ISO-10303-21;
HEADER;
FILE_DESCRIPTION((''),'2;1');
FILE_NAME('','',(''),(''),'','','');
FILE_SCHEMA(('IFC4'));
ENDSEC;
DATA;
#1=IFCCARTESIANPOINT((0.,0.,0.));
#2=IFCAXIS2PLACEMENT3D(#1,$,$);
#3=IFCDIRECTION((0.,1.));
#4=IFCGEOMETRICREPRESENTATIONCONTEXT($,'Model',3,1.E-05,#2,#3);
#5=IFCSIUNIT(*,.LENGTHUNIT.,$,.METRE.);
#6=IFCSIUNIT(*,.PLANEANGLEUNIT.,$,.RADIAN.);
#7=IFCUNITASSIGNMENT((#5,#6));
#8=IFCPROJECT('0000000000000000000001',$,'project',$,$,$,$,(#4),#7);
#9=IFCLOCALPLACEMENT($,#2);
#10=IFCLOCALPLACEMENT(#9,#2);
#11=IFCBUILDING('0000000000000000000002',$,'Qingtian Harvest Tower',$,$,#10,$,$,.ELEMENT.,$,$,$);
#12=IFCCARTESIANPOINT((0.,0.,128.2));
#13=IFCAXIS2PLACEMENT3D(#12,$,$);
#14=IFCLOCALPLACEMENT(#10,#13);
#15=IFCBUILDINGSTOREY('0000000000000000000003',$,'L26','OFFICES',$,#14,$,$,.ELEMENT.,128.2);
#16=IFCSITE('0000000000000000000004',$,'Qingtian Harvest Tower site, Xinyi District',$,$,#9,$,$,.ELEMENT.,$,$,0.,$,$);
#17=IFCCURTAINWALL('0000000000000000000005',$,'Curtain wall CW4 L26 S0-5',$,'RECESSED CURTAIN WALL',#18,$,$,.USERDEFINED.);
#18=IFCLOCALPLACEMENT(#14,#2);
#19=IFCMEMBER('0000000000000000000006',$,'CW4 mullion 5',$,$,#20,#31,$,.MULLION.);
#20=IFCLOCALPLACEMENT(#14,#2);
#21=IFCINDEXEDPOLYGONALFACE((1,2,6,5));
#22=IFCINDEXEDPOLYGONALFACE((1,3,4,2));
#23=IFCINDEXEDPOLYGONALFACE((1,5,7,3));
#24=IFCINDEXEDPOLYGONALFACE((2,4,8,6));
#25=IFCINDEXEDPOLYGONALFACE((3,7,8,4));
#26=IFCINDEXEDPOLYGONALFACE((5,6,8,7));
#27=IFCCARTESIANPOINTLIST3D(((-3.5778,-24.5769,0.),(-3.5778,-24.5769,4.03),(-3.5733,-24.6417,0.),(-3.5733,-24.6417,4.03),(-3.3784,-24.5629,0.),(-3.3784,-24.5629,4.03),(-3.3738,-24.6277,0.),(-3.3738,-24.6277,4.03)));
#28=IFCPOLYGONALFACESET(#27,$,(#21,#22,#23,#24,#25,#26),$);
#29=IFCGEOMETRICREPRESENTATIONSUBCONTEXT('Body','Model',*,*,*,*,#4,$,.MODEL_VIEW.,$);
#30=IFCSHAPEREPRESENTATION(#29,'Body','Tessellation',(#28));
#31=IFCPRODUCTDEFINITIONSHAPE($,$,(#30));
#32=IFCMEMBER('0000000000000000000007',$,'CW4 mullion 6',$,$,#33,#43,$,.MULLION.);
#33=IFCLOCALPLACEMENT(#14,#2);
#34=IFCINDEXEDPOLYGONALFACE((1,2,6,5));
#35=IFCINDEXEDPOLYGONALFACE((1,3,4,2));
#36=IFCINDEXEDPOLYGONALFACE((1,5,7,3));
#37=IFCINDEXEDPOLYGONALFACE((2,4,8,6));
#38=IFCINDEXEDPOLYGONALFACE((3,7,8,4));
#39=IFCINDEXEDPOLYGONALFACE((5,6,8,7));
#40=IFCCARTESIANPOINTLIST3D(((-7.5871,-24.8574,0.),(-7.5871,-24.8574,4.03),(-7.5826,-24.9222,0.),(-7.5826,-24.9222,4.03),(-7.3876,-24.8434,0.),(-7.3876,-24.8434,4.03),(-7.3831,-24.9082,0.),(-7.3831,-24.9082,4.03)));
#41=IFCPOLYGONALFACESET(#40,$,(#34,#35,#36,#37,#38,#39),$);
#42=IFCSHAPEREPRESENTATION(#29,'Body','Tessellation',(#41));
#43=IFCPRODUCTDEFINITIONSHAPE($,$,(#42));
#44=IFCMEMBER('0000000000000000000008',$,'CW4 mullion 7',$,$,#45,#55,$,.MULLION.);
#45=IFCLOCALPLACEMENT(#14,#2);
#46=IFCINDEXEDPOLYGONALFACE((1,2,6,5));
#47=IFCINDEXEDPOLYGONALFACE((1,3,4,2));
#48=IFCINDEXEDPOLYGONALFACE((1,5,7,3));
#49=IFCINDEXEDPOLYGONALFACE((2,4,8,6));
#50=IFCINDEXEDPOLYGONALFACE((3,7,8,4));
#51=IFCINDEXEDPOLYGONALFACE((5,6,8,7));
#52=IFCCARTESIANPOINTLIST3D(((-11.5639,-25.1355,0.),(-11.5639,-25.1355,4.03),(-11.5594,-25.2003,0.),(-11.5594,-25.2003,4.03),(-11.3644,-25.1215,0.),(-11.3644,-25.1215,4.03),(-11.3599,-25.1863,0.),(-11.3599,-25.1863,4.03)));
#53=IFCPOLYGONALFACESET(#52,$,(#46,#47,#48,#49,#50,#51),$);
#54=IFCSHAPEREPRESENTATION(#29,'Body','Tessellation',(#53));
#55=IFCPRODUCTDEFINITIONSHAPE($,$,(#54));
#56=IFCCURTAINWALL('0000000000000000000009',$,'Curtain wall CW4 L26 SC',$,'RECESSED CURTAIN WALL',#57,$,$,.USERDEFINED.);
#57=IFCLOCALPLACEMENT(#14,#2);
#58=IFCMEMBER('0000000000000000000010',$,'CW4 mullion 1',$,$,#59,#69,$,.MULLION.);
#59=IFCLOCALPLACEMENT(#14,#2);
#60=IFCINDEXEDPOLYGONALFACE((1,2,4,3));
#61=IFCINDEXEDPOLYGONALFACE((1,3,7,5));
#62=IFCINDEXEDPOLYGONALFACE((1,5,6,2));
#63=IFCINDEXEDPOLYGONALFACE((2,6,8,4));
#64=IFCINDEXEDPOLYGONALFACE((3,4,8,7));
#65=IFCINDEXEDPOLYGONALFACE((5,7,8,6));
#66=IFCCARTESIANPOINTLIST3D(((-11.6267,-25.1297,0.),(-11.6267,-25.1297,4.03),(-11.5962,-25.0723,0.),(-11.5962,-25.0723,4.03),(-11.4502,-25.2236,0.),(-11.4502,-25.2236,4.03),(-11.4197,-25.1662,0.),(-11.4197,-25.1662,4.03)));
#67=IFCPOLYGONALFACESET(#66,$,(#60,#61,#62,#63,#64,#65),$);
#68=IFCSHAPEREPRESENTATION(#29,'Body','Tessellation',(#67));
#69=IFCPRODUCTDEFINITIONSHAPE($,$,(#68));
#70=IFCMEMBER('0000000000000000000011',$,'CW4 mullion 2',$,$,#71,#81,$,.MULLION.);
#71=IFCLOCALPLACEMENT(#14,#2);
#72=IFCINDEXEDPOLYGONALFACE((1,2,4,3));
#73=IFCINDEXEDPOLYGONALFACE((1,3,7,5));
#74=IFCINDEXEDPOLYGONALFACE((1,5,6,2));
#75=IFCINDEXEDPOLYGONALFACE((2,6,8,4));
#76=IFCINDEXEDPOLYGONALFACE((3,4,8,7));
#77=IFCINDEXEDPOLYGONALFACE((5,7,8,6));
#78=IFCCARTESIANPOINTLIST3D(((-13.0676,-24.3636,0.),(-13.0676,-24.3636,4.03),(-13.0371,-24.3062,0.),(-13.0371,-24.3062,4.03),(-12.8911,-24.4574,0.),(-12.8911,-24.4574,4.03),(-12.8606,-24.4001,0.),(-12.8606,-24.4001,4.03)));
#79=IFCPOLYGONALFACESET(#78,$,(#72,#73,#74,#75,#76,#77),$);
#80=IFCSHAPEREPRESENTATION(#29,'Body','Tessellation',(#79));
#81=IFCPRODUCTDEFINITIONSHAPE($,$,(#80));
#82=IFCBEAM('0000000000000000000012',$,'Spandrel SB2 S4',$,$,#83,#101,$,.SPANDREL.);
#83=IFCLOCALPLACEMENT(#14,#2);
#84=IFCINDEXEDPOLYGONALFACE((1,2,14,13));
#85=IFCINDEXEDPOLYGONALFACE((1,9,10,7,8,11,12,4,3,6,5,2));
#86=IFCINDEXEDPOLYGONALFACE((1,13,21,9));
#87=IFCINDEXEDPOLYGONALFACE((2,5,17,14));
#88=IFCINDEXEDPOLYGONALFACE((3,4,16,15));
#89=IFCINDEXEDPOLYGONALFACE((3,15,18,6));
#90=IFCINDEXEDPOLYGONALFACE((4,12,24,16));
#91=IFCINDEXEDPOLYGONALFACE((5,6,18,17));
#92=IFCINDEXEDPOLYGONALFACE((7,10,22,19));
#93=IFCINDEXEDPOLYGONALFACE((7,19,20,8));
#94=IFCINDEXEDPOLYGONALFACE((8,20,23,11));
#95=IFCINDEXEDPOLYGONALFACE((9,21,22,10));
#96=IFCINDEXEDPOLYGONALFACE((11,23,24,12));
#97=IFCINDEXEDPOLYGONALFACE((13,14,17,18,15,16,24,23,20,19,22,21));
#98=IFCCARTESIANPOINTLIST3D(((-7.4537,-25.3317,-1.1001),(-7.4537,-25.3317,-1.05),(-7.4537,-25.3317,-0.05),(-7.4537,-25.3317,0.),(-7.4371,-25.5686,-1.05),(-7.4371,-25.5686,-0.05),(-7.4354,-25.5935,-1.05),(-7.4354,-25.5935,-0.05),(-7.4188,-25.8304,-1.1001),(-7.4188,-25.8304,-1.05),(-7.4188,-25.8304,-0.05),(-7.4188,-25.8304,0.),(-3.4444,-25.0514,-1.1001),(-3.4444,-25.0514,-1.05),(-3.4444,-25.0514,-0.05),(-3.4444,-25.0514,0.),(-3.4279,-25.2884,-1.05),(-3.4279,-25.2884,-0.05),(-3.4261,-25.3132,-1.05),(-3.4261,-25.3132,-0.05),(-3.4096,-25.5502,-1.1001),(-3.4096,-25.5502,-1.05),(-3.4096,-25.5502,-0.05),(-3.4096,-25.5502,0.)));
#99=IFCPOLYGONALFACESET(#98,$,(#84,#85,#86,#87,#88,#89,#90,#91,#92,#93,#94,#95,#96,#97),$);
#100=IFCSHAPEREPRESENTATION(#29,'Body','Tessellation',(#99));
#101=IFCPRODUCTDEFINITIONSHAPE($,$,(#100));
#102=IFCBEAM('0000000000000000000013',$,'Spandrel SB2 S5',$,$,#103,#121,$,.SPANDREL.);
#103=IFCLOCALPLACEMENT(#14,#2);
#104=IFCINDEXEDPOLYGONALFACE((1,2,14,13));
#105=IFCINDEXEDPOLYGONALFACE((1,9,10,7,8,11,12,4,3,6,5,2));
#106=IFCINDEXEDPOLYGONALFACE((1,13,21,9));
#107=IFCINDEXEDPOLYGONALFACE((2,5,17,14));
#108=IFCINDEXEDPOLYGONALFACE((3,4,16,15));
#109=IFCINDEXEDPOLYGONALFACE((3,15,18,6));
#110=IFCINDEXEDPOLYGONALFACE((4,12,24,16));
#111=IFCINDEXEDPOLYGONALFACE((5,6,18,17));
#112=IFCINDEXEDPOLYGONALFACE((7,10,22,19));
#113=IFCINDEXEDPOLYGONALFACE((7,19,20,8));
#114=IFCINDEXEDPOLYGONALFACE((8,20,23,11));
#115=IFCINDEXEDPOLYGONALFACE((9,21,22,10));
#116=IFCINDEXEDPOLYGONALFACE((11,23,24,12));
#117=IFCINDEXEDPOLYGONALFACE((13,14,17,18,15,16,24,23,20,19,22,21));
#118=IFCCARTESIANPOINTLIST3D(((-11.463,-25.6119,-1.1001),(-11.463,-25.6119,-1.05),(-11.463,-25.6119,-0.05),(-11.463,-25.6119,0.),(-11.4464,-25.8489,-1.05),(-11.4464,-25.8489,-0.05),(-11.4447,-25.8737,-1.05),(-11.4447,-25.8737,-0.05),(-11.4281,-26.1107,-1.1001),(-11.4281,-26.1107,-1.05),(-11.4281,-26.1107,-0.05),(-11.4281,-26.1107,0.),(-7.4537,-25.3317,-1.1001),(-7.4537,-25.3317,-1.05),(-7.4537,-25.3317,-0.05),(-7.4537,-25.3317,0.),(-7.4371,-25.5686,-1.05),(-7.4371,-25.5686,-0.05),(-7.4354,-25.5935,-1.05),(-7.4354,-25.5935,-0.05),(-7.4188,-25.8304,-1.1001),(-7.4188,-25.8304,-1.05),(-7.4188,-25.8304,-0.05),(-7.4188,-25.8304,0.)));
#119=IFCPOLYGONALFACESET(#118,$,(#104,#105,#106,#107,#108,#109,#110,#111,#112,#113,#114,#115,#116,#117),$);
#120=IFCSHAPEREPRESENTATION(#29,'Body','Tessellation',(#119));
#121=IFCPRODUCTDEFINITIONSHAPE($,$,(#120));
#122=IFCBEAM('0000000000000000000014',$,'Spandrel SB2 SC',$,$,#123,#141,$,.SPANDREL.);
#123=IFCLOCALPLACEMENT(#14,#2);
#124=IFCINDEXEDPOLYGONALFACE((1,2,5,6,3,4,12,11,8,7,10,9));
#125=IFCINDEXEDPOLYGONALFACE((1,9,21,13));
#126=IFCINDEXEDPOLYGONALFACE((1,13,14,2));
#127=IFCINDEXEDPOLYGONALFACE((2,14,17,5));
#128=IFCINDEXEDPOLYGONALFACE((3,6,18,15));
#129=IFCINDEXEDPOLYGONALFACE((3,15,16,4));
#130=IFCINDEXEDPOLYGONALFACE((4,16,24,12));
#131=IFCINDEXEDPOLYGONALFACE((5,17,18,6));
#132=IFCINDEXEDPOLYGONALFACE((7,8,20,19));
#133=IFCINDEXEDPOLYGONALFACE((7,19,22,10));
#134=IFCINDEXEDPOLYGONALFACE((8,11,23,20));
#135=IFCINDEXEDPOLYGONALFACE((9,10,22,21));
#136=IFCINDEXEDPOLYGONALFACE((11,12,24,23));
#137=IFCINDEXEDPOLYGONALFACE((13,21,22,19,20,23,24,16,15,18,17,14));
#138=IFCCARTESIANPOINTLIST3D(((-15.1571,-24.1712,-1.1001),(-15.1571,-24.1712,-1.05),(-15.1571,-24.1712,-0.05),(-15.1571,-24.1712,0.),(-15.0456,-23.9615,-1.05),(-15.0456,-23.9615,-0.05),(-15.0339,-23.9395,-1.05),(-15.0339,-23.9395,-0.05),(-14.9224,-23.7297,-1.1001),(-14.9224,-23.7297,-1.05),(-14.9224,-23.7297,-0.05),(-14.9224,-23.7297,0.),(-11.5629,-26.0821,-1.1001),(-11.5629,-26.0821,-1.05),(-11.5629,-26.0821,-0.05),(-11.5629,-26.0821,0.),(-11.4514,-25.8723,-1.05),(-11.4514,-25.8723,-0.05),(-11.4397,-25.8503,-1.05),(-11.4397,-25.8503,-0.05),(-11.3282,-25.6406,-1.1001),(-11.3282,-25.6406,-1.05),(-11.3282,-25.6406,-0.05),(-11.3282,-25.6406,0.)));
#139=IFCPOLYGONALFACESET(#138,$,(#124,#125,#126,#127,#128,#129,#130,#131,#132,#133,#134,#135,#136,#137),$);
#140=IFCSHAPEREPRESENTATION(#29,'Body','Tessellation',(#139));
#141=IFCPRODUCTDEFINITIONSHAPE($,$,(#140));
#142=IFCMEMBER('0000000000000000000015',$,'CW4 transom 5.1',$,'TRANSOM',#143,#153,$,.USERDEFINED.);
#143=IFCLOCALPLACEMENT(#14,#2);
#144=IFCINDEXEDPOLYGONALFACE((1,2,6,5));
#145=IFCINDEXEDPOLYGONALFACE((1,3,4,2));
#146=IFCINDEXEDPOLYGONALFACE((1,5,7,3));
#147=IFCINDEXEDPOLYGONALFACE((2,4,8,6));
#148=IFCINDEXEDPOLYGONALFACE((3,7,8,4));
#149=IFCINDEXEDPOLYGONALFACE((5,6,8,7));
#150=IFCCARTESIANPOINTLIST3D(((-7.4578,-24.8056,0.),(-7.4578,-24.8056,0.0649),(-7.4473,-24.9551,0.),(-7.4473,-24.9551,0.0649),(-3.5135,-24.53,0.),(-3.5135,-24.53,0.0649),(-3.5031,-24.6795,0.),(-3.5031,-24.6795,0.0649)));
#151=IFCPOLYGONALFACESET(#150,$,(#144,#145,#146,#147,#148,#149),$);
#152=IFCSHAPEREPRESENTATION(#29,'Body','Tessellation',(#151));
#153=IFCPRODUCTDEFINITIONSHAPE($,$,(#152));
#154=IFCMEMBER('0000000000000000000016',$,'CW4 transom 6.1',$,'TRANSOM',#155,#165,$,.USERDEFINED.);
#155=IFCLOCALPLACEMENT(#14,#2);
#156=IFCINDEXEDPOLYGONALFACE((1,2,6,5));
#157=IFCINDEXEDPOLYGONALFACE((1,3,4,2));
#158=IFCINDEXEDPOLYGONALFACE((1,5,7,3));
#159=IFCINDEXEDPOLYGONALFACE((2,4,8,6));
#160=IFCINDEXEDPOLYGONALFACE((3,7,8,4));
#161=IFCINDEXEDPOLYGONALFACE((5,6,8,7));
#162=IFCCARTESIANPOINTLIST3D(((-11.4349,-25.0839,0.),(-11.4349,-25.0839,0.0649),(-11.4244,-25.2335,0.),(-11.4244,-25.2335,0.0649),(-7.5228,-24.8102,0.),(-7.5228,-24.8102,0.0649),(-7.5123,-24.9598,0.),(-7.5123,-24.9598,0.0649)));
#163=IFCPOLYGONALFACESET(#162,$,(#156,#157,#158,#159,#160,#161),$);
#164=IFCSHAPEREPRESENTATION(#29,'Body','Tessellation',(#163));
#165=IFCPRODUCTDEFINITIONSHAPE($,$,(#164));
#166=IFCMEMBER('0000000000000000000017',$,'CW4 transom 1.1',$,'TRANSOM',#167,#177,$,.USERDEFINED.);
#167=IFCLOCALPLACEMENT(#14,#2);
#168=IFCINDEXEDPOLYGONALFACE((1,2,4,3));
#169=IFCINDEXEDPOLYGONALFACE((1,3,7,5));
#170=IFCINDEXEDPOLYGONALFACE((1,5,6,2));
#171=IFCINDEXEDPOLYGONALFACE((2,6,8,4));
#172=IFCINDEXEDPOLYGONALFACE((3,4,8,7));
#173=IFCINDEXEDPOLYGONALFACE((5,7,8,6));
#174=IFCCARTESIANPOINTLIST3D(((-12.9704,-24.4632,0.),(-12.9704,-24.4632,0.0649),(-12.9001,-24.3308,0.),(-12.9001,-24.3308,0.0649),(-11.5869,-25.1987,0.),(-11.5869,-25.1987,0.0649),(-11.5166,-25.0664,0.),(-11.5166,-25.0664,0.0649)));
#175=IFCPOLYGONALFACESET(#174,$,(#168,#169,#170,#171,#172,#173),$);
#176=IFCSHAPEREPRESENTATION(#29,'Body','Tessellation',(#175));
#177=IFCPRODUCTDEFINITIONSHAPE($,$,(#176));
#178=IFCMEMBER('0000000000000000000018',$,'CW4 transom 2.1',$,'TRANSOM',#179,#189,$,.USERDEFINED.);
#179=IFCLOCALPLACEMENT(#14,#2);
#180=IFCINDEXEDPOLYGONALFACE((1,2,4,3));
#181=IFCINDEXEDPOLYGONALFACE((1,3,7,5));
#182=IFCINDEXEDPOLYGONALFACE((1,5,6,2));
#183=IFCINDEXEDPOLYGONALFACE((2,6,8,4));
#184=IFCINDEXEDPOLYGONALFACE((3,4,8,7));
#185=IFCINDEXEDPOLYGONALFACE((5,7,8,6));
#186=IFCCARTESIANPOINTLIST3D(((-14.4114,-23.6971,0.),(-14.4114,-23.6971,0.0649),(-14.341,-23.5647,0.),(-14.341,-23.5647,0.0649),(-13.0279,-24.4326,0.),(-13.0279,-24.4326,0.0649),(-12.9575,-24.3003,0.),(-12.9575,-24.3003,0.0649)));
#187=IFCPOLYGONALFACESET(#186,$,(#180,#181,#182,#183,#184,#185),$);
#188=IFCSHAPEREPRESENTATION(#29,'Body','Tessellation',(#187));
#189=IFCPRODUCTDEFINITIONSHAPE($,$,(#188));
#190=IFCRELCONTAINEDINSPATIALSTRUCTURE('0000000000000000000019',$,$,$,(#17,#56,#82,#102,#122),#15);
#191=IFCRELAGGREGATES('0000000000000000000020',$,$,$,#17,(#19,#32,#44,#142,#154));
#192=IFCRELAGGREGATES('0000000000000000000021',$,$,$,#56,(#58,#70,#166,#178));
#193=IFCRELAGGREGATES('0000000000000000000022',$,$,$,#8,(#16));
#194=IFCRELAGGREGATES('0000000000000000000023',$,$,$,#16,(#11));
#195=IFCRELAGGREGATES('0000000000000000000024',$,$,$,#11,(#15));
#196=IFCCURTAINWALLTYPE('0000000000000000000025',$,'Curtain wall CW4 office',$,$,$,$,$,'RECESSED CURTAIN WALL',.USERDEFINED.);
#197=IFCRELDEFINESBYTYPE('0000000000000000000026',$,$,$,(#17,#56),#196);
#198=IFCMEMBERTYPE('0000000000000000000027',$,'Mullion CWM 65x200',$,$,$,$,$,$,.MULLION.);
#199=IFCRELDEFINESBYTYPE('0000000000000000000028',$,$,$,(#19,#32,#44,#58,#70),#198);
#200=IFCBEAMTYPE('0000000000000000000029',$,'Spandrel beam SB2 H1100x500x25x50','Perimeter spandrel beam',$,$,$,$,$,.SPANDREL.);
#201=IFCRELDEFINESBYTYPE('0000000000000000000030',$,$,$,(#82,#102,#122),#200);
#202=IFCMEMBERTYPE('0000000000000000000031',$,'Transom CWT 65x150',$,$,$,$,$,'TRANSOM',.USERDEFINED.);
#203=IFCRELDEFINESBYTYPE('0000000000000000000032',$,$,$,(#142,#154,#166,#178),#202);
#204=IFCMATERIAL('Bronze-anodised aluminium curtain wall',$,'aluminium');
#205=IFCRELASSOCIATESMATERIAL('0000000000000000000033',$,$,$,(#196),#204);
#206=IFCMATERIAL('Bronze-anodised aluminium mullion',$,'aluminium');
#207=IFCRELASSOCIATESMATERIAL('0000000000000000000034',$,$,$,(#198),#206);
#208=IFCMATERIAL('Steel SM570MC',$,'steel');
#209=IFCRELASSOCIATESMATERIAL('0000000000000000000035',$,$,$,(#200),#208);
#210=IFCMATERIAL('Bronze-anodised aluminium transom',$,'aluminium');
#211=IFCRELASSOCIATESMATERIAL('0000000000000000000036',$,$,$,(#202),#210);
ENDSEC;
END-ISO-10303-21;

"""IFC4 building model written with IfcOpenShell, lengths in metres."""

from ifc_helpers import new_model, si_unit, direction, frame, origin, origin_2d, place, context, subcontext, project, spatial, rectangle, i_section, extrude, material, material_profile, profile_set, type_object, element, aggregate, save


model = new_model("IFC4")

# Units and contexts
model_context = context("Model", 3, precision=1e-05, world=origin(), true_north=direction((0.0, 1.0)))
body_context = subcontext(model_context, "Body", "Model", "MODEL_VIEW")
ifc_project = project(units=[si_unit("LENGTHUNIT", "METRE"), si_unit("PLANEANGLEUNIT", "RADIAN")], contexts=[model_context])

# Site, building, storey
site_placement = place(None, origin())
site = spatial("IfcSite", under=ifc_project, at=site_placement, Name="Qingtian Harvest Tower site, Xinyi District", CompositionType="ELEMENT", RefElevation=0.0)
building_placement = place(site_placement, origin())
building = spatial("IfcBuilding", under=site, at=building_placement, Name="Qingtian Harvest Tower", CompositionType="ELEMENT")
storey_placement = place(building_placement, frame((0.0, 0.0, 128.2)))
storey = spatial("IfcBuildingStorey", under=building, at=storey_placement, Name="L26", Description="OFFICES", CompositionType="ELEMENT", Elevation=128.2)

# Curtain walls, members
ifc_material_1 = material(Name="Bronze-anodised aluminium curtain wall", Category="aluminium")
curtain_wall_type = type_object("IfcCurtainWallType", Name="Curtain wall CW4 office", ElementType="RECESSED CURTAIN WALL", PredefinedType="USERDEFINED", material=ifc_material_1)
curtain_wall_1_placement = place(storey_placement, origin())
curtain_wall_1 = element("IfcCurtainWall", 1, at=curtain_wall_1_placement, inside=storey, type_object=curtain_wall_type, Name="Curtain wall CW4 L26 S0-5", ObjectType="RECESSED CURTAIN WALL", PredefinedType="USERDEFINED")
ifc_material_2 = material(Name="Bronze-anodised aluminium mullion", Category="aluminium")
ifc_material_profile_1 = material_profile(ifc_material_2, rectangle(XDim=0.0649, YDim=0.2, at=origin_2d()), Name="AL 65x200")
ifc_profile_set_1 = profile_set([ifc_material_profile_1], Name="Bronze-anodised aluminium mullion")
member_type_1 = type_object("IfcMemberType", Name="Mullion CWM 65x200", PredefinedType="MULLION", material=ifc_profile_set_1)
member_1_placement = place(storey_placement, frame((-3.4758, -24.6023, 0.0), z_axis=(0.0, 0.0, 1.0), x_axis=(0.069756, -0.997564, 0.0)))
member_1 = element("IfcMember", 2, at=member_1_placement, type_object=member_type_1, Name="CW4 mullion 5", PredefinedType="MULLION", context=body_context, shape_type="SweptSolid", body=[
    extrude(rectangle(XDim=0.0649, YDim=0.2, at=origin_2d()), origin(), (0.0, 0.0, 1.0), 4.03),
])
member_2_placement = place(storey_placement, frame((-7.4851, -24.8828, 0.0), z_axis=(0.0, 0.0, 1.0), x_axis=(0.069756, -0.997564, 0.0)))
member_2 = element("IfcMember", 3, at=member_2_placement, type_object=member_type_1, Name="CW4 mullion 6", PredefinedType="MULLION", context=body_context, shape_type="SweptSolid", body=[
    extrude(rectangle(XDim=0.0649, YDim=0.2, at=origin_2d()), origin(), (0.0, 0.0, 1.0), 4.03),
])
member_3_placement = place(storey_placement, frame((-11.4619, -25.1609, 0.0), z_axis=(0.0, 0.0, 1.0), x_axis=(0.069756, -0.997564, 0.0)))
member_3 = element("IfcMember", 4, at=member_3_placement, type_object=member_type_1, Name="CW4 mullion 7", PredefinedType="MULLION", context=body_context, shape_type="SweptSolid", body=[
    extrude(rectangle(XDim=0.0649, YDim=0.2, at=origin_2d()), origin(), (0.0, 0.0, 1.0), 4.03),
])
curtain_wall_2_placement = place(storey_placement, origin())
curtain_wall_2 = element("IfcCurtainWall", 5, at=curtain_wall_2_placement, inside=storey, type_object=curtain_wall_type, Name="Curtain wall CW4 L26 SC", ObjectType="RECESSED CURTAIN WALL", PredefinedType="USERDEFINED")
member_4_placement = place(storey_placement, frame((-11.5232, -25.1479, 0.0), z_axis=(0.0, 0.0, 1.0), x_axis=(-0.469472, -0.882948, 0.0)))
member_4 = element("IfcMember", 6, at=member_4_placement, type_object=member_type_1, Name="CW4 mullion 1", PredefinedType="MULLION", context=body_context, shape_type="SweptSolid", body=[
    extrude(rectangle(XDim=0.0649, YDim=0.2, at=origin_2d()), origin(), (0.0, 0.0, 1.0), 4.03),
])
member_5_placement = place(storey_placement, frame((-12.9641, -24.3818, 0.0), z_axis=(0.0, 0.0, 1.0), x_axis=(-0.469472, -0.882948, 0.0)))
member_5 = element("IfcMember", 7, at=member_5_placement, type_object=member_type_1, Name="CW4 mullion 2", PredefinedType="MULLION", context=body_context, shape_type="SweptSolid", body=[
    extrude(rectangle(XDim=0.0649, YDim=0.2, at=origin_2d()), origin(), (0.0, 0.0, 1.0), 4.03),
])

# Beams
ifc_material_3 = material(Name="Steel SM570MC", Category="steel")
ifc_material_profile_2 = material_profile(ifc_material_3, i_section(OverallWidth=0.5, OverallDepth=1.1001, WebThickness=0.0249, FlangeThickness=0.05, at=origin_2d()), Name="H1100x500x25x50")
ifc_profile_set_2 = profile_set([ifc_material_profile_2], Name="Steel SM570MC")
beam_type_1 = type_object("IfcBeamType", Name="Spandrel beam SB2 H1100x500x25x50", Description="Perimeter spandrel beam", PredefinedType="SPANDREL", material=ifc_profile_set_2)
for number, where, z_axis, x_axis, name in (
    (8, (-3.427, -25.3008, -0.55), (-0.997565, -0.069736, 0.0), (0.069736, -0.997565, 0.0), "Spandrel SB2 S4"),
    (9, (-7.4363, -25.5811, -0.55), (-0.997565, -0.069736, 0.0), (0.069736, -0.997565, 0.0), "Spandrel SB2 S5"),
):
    element("IfcBeam", number, at=place(storey_placement, frame(where, z_axis=z_axis, x_axis=x_axis)), inside=storey, type_object=beam_type_1, Name=name, PredefinedType="SPANDREL", context=body_context, shape_type="SweptSolid", body=[
        extrude(i_section(OverallWidth=0.5, OverallDepth=1.1001, WebThickness=0.0249, FlangeThickness=0.05, at=origin_2d()), origin(), (0.0, 0.0, 1.0), 4.019),
    ])
beam_1_placement = place(storey_placement, frame((-11.4456, -25.8613, -0.55), z_axis=(-0.882968, 0.469433, 0.0), x_axis=(-0.469433, -0.882968, 0.0)))
element("IfcBeam", 10, at=beam_1_placement, inside=storey, type_object=beam_type_1, Name="Spandrel SB2 SC", PredefinedType="SPANDREL", context=body_context, shape_type="SweptSolid", body=[
    extrude(i_section(OverallWidth=0.5, OverallDepth=1.1001, WebThickness=0.0249, FlangeThickness=0.05, at=origin_2d()), origin(), (0.0, 0.0, 1.0), 4.0706),
])

# Members
ifc_material_4 = material(Name="Bronze-anodised aluminium transom", Category="aluminium")
ifc_material_profile_3 = material_profile(ifc_material_4, rectangle(XDim=0.1499, YDim=0.0649, at=origin_2d()), Name="AL 65x150")
ifc_profile_set_3 = profile_set([ifc_material_profile_3], Name="Bronze-anodised aluminium transom")
member_type_2 = type_object("IfcMemberType", Name="Transom CWT 65x150", ElementType="TRANSOM", PredefinedType="USERDEFINED", material=ifc_profile_set_3)
member_6_placement = place(storey_placement, frame((-3.5083, -24.6047, 0.0325), z_axis=(-0.997567, -0.069711, 0.0), x_axis=(0.069711, -0.997567, 0.0)))
member_6 = element("IfcMember", 11, at=member_6_placement, type_object=member_type_2, Name="CW4 transom 5.1", ObjectType="TRANSOM", PredefinedType="USERDEFINED", context=body_context, shape_type="SweptSolid", body=[
    extrude(rectangle(XDim=0.1499, YDim=0.0649, at=origin_2d()), origin(), (0.0, 0.0, 1.0), 3.9539),
])
member_7_placement = place(storey_placement, frame((-7.5176, -24.885, 0.0325), z_axis=(-0.997562, -0.069787, 0.0), x_axis=(0.069787, -0.997562, 0.0)))
member_7 = element("IfcMember", 12, at=member_7_placement, type_object=member_type_2, Name="CW4 transom 6.1", ObjectType="TRANSOM", PredefinedType="USERDEFINED", context=body_context, shape_type="SweptSolid", body=[
    extrude(rectangle(XDim=0.1499, YDim=0.0649, at=origin_2d()), origin(), (0.0, 0.0, 1.0), 3.9216),
])
member_8_placement = place(storey_placement, frame((-11.5518, -25.1326, 0.0325), z_axis=(-0.88296, 0.469448, 0.0), x_axis=(-0.469448, -0.88296, 0.0)))
member_8 = element("IfcMember", 13, at=member_8_placement, type_object=member_type_2, Name="CW4 transom 1.1", ObjectType="TRANSOM", PredefinedType="USERDEFINED", context=body_context, shape_type="SweptSolid", body=[
    extrude(rectangle(XDim=0.1499, YDim=0.0649, at=origin_2d()), origin(), (0.0, 0.0, 1.0), 1.5669),
])
member_9_placement = place(storey_placement, frame((-12.9927, -24.3665, 0.0325), z_axis=(-0.88296, 0.469448, 0.0), x_axis=(-0.469448, -0.88296, 0.0)))
member_9 = element("IfcMember", 14, at=member_9_placement, type_object=member_type_2, Name="CW4 transom 2.1", ObjectType="TRANSOM", PredefinedType="USERDEFINED", context=body_context, shape_type="SweptSolid", body=[
    extrude(rectangle(XDim=0.1499, YDim=0.0649, at=origin_2d()), origin(), (0.0, 0.0, 1.0), 1.5669),
])

aggregate(curtain_wall_1, [member_1, member_2, member_3, member_6, member_7])
aggregate(curtain_wall_2, [member_4, member_5, member_8, member_9])

save(model, "model.ifc")
